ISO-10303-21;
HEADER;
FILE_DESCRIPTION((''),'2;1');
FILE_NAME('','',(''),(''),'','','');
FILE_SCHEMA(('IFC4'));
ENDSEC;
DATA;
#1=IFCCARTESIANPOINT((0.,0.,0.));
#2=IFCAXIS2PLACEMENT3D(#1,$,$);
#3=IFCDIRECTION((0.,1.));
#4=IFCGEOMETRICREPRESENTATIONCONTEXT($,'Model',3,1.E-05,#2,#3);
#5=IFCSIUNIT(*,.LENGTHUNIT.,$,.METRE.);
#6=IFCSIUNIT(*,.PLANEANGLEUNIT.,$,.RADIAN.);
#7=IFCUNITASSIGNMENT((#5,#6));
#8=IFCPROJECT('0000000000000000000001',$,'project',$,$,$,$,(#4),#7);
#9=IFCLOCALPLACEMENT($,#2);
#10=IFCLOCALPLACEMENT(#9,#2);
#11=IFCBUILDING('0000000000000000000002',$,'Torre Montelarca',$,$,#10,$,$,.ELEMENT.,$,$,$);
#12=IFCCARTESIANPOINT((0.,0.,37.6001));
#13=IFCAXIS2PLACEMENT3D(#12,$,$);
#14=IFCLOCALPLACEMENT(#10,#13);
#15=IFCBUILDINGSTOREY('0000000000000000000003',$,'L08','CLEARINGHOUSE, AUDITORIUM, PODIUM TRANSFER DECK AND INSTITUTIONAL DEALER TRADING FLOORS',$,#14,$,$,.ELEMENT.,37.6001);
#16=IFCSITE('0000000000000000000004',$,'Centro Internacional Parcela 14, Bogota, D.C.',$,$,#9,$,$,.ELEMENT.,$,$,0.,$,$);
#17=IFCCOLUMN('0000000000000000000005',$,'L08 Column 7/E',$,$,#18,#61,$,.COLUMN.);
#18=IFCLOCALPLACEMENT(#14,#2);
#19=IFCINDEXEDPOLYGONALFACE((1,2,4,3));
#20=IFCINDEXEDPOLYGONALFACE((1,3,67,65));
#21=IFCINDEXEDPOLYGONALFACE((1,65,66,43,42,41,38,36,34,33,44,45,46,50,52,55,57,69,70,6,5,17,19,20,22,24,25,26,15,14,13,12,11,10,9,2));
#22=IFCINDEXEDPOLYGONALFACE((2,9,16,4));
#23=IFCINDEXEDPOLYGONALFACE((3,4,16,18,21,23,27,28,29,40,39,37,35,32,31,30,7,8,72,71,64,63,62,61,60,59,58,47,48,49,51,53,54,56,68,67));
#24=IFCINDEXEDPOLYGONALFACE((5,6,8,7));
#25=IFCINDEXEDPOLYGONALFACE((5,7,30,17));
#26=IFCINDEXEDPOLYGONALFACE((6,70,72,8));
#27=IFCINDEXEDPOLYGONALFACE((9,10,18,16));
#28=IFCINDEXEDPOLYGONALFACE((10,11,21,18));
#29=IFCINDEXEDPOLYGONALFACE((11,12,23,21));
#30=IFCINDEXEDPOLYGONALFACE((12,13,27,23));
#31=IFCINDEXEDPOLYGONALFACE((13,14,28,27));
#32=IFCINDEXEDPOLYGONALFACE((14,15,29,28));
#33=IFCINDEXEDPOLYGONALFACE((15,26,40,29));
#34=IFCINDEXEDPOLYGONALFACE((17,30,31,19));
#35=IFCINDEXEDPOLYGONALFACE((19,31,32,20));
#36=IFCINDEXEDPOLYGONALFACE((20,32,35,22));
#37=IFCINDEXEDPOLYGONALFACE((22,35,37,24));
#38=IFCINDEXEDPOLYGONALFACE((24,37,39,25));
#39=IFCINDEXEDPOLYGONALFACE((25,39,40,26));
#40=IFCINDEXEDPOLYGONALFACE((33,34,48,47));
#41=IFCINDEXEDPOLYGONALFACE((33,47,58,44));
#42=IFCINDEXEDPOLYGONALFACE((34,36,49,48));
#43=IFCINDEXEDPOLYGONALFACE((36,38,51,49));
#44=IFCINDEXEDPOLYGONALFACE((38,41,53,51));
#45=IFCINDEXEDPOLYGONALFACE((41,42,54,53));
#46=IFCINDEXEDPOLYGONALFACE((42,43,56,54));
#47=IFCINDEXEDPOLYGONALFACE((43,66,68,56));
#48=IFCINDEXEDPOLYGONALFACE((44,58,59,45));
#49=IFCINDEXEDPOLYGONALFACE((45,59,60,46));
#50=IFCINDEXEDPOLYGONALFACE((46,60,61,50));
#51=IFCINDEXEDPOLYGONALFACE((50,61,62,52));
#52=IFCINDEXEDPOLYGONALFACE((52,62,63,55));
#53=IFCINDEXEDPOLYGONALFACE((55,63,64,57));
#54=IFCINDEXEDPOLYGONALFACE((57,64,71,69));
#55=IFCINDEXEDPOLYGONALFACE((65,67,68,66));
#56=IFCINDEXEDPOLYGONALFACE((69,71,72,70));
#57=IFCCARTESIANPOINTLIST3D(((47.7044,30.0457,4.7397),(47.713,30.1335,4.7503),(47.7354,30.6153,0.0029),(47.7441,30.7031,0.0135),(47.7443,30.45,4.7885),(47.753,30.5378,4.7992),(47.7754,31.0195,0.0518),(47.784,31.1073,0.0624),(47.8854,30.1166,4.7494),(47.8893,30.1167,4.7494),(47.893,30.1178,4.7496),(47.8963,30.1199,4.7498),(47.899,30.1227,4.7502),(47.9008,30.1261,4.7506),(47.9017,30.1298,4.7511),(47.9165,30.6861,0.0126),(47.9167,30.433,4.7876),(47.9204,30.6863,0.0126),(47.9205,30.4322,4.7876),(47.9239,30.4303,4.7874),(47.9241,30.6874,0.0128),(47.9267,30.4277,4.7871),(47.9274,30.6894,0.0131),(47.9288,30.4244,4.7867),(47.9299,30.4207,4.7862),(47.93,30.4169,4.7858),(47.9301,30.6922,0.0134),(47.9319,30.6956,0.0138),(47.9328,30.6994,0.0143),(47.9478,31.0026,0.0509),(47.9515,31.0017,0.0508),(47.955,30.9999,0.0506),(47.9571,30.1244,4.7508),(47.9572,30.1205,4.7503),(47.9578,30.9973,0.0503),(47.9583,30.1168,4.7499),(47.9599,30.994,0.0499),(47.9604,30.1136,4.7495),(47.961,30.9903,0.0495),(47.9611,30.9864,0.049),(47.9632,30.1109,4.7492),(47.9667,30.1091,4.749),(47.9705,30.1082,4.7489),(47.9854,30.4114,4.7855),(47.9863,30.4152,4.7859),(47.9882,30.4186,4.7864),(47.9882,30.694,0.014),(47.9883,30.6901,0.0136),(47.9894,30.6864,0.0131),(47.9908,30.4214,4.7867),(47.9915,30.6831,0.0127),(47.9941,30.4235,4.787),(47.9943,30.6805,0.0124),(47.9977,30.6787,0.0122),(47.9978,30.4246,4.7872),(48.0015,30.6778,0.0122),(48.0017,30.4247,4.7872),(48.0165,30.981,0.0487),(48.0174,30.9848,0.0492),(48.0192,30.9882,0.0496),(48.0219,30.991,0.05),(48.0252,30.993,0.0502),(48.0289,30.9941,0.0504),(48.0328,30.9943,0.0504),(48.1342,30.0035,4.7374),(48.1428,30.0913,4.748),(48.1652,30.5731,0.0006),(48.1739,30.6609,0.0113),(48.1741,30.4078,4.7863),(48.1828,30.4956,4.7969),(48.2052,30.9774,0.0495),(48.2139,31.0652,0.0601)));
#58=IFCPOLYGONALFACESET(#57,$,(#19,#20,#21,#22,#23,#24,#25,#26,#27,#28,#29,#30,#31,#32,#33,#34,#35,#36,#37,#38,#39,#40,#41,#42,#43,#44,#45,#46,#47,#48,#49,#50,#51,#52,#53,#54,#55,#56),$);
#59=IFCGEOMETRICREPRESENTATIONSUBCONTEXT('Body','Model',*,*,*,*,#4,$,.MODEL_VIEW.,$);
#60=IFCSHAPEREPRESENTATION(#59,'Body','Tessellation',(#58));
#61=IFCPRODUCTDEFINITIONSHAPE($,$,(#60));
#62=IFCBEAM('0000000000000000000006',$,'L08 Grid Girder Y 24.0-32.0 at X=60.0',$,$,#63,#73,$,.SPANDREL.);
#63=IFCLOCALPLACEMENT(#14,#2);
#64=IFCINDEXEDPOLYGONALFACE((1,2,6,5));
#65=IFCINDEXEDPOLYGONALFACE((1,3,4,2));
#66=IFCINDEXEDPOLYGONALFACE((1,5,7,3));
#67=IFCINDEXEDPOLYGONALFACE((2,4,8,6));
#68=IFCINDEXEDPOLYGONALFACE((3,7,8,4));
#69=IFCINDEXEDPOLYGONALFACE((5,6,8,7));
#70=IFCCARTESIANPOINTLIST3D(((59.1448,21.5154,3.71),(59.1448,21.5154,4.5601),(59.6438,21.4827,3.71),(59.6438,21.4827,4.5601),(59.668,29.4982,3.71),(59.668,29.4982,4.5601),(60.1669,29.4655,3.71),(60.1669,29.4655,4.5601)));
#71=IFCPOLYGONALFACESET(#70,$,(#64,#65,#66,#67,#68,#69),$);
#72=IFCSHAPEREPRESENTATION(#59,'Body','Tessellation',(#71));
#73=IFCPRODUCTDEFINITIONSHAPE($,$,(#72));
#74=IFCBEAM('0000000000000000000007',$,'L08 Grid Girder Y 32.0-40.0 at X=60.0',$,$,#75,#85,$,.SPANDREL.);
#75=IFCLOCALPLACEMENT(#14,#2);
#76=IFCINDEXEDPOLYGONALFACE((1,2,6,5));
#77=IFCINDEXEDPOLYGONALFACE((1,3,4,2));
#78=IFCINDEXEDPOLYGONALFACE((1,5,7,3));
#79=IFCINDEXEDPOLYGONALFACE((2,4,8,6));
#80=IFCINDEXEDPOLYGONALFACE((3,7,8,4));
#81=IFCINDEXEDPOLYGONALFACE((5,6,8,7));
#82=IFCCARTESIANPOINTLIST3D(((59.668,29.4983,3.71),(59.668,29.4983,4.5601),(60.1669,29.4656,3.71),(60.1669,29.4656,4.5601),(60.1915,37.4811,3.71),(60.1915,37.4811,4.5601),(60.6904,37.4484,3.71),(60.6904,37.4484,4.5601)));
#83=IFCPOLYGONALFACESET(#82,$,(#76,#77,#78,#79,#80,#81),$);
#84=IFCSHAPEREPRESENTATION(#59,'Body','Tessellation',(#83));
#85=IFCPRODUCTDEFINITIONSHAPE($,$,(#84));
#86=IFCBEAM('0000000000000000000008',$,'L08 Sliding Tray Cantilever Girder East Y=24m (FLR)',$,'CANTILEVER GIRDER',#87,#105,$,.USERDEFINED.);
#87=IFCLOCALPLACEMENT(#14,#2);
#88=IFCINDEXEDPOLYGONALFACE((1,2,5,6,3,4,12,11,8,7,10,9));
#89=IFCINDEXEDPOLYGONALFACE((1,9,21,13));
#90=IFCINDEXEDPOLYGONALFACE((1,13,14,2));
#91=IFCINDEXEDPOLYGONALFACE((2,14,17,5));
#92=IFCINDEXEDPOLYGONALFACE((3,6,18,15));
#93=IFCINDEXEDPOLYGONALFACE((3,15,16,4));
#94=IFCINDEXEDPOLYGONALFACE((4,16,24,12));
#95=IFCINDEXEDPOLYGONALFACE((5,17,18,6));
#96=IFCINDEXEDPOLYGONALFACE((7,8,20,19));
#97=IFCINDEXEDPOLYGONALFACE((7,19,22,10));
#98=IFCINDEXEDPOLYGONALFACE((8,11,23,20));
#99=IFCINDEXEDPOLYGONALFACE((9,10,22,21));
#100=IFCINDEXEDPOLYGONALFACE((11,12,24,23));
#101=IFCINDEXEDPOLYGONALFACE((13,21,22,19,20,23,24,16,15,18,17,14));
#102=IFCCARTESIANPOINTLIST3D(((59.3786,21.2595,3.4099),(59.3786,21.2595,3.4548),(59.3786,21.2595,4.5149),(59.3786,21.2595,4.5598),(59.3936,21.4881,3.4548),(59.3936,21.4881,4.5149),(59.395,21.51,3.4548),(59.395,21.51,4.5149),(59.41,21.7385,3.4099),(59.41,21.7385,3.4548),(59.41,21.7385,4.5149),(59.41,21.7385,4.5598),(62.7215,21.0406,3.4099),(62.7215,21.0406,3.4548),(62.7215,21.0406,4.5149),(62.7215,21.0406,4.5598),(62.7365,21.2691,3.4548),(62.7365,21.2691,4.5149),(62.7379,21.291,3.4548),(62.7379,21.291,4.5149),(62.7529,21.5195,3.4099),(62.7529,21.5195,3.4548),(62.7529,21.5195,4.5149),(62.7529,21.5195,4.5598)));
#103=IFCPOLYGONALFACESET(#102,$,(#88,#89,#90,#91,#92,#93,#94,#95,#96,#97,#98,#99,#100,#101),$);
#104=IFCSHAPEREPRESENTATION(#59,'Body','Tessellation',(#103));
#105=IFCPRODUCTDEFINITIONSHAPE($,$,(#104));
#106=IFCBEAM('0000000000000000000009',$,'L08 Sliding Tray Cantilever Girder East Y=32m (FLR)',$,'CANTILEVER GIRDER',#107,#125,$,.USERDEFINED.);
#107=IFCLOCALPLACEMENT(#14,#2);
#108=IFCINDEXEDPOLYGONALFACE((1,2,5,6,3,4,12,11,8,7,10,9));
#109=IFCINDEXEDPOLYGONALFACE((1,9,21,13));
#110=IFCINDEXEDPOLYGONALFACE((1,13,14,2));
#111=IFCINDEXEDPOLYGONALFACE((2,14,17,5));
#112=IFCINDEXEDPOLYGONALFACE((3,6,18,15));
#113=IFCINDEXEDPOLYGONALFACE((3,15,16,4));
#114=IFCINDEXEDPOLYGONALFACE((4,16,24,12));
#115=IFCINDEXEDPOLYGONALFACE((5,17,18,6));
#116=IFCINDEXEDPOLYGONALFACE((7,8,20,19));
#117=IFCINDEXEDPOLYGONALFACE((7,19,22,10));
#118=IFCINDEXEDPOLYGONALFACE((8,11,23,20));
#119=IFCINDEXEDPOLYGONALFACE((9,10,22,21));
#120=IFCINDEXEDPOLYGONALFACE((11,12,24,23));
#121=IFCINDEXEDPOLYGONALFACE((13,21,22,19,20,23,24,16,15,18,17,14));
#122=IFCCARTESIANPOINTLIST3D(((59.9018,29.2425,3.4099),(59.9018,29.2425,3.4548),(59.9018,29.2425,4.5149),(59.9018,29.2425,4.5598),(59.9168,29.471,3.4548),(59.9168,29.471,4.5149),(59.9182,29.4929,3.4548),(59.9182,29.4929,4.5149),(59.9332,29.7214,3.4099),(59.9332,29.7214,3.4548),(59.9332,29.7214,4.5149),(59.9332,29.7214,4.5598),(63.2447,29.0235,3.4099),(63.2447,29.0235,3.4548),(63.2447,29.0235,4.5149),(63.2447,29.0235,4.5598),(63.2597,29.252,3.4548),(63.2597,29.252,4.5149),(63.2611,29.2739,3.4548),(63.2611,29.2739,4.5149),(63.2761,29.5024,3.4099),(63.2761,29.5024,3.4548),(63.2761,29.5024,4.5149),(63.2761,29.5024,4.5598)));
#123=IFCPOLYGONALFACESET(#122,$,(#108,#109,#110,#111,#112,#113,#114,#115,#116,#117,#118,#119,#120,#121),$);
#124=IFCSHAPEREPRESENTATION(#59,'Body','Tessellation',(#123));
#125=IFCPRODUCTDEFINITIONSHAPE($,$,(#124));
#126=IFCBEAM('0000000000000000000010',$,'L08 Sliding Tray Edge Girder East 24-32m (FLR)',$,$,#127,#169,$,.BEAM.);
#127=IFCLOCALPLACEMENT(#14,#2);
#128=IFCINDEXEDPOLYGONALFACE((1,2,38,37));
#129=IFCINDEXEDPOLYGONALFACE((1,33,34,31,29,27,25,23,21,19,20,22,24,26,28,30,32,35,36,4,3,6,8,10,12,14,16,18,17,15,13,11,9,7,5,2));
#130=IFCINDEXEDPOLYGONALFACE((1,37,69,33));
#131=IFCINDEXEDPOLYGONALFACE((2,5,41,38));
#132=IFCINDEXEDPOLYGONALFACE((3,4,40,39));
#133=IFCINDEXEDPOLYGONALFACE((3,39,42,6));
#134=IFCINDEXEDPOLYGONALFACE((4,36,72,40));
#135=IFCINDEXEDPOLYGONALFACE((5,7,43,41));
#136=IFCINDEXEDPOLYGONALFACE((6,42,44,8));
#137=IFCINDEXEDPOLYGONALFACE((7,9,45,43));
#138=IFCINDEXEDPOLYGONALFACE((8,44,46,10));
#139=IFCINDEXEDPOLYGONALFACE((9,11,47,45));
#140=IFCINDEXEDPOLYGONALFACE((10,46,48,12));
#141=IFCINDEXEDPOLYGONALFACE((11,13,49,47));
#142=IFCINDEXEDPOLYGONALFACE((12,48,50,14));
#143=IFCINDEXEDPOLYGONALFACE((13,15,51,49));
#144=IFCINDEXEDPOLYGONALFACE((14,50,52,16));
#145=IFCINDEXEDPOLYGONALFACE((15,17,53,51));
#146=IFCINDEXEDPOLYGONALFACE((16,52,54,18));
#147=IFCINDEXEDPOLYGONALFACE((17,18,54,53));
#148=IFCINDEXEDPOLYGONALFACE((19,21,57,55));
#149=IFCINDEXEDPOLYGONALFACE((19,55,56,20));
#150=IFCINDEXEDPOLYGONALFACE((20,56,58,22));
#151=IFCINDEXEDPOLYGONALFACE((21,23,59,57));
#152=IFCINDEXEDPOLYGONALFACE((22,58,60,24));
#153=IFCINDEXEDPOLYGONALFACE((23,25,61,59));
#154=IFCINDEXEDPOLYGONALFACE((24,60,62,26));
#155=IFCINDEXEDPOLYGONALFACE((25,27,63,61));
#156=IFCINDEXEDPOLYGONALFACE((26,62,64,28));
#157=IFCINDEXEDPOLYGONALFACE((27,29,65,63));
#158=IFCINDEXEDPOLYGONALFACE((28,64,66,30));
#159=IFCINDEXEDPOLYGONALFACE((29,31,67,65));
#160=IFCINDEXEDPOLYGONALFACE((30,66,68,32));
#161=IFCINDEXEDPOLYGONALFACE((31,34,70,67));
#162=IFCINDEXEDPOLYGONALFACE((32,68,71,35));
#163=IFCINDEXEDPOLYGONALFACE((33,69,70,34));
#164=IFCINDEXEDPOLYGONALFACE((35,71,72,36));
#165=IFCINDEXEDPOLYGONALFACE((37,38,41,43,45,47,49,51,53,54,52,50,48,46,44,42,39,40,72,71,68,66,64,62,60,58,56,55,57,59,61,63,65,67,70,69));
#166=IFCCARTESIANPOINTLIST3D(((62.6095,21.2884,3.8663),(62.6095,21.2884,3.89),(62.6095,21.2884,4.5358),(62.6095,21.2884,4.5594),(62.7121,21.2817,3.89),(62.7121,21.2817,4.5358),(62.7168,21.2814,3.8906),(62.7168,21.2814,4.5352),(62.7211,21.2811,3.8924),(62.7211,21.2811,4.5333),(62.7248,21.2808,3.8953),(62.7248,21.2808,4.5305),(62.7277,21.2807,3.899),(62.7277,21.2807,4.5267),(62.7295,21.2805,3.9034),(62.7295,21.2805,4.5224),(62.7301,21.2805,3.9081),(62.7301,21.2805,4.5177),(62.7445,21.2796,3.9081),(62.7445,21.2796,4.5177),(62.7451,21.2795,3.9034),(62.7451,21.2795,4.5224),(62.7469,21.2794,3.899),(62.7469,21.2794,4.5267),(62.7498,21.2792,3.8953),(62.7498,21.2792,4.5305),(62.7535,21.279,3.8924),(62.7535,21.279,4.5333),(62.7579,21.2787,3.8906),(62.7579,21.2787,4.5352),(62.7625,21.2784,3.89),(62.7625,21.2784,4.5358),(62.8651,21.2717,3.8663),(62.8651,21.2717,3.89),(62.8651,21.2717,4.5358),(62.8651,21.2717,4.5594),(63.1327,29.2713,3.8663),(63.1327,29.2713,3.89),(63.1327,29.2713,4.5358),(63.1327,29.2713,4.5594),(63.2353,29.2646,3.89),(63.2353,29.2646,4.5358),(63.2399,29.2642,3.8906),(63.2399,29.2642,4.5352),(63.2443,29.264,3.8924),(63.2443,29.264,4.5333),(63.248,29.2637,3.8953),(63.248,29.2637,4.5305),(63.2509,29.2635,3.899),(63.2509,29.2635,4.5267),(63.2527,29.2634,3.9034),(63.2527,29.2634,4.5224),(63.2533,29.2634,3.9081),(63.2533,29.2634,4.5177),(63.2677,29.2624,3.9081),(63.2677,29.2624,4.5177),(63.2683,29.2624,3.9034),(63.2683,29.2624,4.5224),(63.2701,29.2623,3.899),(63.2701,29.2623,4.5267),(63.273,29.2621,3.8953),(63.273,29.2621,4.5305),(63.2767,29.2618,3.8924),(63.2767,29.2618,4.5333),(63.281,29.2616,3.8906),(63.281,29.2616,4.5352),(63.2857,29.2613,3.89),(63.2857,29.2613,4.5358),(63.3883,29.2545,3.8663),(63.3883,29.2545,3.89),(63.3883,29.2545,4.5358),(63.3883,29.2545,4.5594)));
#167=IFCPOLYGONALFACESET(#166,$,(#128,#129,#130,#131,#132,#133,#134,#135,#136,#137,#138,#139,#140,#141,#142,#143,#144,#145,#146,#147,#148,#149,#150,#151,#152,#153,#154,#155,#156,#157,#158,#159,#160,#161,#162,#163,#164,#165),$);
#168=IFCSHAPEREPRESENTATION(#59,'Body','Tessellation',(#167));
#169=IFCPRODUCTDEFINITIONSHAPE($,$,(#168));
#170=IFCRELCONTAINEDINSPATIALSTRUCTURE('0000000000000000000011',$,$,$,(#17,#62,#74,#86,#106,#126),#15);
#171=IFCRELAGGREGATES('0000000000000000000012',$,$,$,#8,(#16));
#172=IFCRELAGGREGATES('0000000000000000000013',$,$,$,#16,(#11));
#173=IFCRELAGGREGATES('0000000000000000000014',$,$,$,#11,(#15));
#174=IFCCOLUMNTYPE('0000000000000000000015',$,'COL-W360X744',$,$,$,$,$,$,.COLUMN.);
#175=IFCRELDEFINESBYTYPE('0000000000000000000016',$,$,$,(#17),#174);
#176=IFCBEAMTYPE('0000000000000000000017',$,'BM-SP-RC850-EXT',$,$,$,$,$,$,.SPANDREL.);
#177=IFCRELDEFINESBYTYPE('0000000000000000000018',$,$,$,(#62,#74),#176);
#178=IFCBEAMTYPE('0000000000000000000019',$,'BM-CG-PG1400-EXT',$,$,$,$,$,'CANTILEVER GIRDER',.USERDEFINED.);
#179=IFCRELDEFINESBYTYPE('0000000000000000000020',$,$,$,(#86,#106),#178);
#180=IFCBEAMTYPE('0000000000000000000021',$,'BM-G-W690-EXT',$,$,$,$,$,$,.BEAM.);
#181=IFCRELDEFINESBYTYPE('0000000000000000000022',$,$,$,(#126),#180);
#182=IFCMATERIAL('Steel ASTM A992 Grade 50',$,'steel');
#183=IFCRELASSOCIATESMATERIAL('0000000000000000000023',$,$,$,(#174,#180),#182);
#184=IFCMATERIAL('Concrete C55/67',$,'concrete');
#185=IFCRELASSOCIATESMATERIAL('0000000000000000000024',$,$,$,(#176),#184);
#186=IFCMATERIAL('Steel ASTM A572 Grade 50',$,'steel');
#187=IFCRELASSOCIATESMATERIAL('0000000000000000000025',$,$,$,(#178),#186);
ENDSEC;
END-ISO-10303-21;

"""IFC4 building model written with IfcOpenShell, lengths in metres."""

from ifc_helpers import new_model, si_unit, direction, frame, origin, origin_2d, place, context, subcontext, project, spatial, rectangle, i_section, extrude, clip, halfspace, source, transform, mapped, material, material_profile, profile_set, type_object, element, save


model = new_model("IFC4")

# Units and contexts
model_context = context("Model", 3, precision=1e-05, world=origin(), true_north=direction((0.0, 1.0)))
body_context = subcontext(model_context, "Body", "Model", "MODEL_VIEW")
ifc_project = project(units=[si_unit("LENGTHUNIT", "METRE"), si_unit("PLANEANGLEUNIT", "RADIAN")], contexts=[model_context])

# Site, building, storey
site_placement = place(None, origin())
site = spatial("IfcSite", under=ifc_project, at=site_placement, Name="Centro Internacional Parcela 14, Bogota, D.C.", CompositionType="ELEMENT", RefElevation=0.0)
building_placement = place(site_placement, origin())
building = spatial("IfcBuilding", under=site, at=building_placement, Name="Torre Montelarca", CompositionType="ELEMENT")
storey_placement = place(building_placement, frame((0.0, 0.0, 37.6001)))
storey = spatial("IfcBuildingStorey", under=building, at=storey_placement, Name="L08", Description="CLEARINGHOUSE, AUDITORIUM, PODIUM TRANSFER DECK AND INSTITUTIONAL DEALER TRADING FLOORS", CompositionType="ELEMENT", Elevation=37.6001)

# Column
ifc_material_1 = material(Name="Steel ASTM A992 Grade 50", Category="steel")
ifc_material_profile_1 = material_profile(ifc_material_1, i_section(OverallWidth=0.4319, OverallDepth=0.498, WebThickness=0.0557, FlangeThickness=0.0889, FilletRadius=0.0149, at=origin_2d()), Name="W360X744", Category="steel")
ifc_profile_set_1 = profile_set([ifc_material_profile_1], Name="Steel ASTM A992 Grade 50")
column_type_1 = type_object("IfcColumnType", Name="COL-W360X744", PredefinedType="COLUMN", material=ifc_profile_set_1)
column_1_placement = place(storey_placement, frame((47.9749, 30.844, 0.0), z_axis=(-0.006514, -0.119382, 0.992827), x_axis=(-0.995204, 0.097678, 0.005215)))
element("IfcColumn", 1, at=column_1_placement, inside=storey, type_object=column_type_1, Name="L08 Column 7/E", PredefinedType="COLUMN", context=body_context, shape_type="Clipping", body=[
    clip(clip(extrude(i_section(OverallWidth=0.4319, OverallDepth=0.498, WebThickness=0.0557, FlangeThickness=0.0889, FilletRadius=0.0149, at=origin_2d()), origin(), (0.0, 0.0, 1.0), 4.8345), halfspace(frame((0.0, 0.0, 0.0317), z_axis=(0.0, 0.0, -1.0), x_axis=(1.0, 0.0, 0.0)), False)), halfspace(frame((0.0, 0.0, 4.8027), z_axis=(0.0, 0.0, 1.0), x_axis=(1.0, 0.0, 0.0)), False)),
])

# Beams
ifc_material_2 = material(Name="Concrete C55/67", Category="concrete")
ifc_material_profile_2 = material_profile(ifc_material_2, rectangle(XDim=0.5, YDim=0.8501, at=origin_2d()), Name="RCB500X850", Category="concrete")
ifc_profile_set_2 = profile_set([ifc_material_profile_2], Name="Concrete C55/67")
beam_type_1 = type_object("IfcBeamType", Name="BM-SP-RC850-EXT", PredefinedType="SPANDREL", material=ifc_profile_set_2)
shared_shape_1 = source(origin(), body_context, "Body", "SweptSolid", [
    extrude(rectangle(XDim=0.5, YDim=0.8501, at=origin_2d()), origin(), (0.0, 0.0, 1.0), 8.0),
])
for number, where, z_axis, x_axis, name in (
    (2, (59.3943, 21.499, 4.135), (0.065399, 0.997859, 0.0), (-0.997859, 0.065399, 0.0), "L08 Grid Girder Y 24.0-32.0 at X=60.0"),
    (3, (59.9175, 29.4819, 4.135), (0.065429, 0.997857, 0.0), (-0.997857, 0.065429, 0.0), "L08 Grid Girder Y 32.0-40.0 at X=60.0"),
):
    element("IfcBeam", number, at=place(storey_placement, frame(where, z_axis=z_axis, x_axis=x_axis)), inside=storey, type_object=beam_type_1, Name=name, PredefinedType="SPANDREL", context=body_context, shape_type="MappedRepresentation", body=[
        mapped(shared_shape_1, transform((0.0, 0.0, 0.0), scale=1.0)),
    ])
ifc_material_3 = material(Name="Steel ASTM A572 Grade 50", Category="steel")
ifc_material_profile_3 = material_profile(ifc_material_3, i_section(OverallWidth=0.48, OverallDepth=1.1499, WebThickness=0.022, FlangeThickness=0.0449, at=origin_2d()), Name="PG1150X480X22X45", Category="steel")
ifc_profile_set_3 = profile_set([ifc_material_profile_3], Name="Steel ASTM A572 Grade 50")
beam_type_2 = type_object("IfcBeamType", Name="BM-CG-PG1400-EXT", ElementType="CANTILEVER GIRDER", PredefinedType="USERDEFINED", material=ifc_profile_set_3)
shared_shape_2 = source(origin(), body_context, "Body", "SweptSolid", [
    extrude(i_section(OverallWidth=0.48, OverallDepth=1.1499, WebThickness=0.022, FlangeThickness=0.0449, at=origin_2d()), origin(), (0.0, 0.0, 1.0), 3.3501),
])
for number, where, z_axis, x_axis, name in (
    (4, (59.3943, 21.499, 3.9849), (0.997861, -0.065368, 0.0), (0.065368, 0.997861, 0.0), "L08 Sliding Tray Cantilever Girder East Y=24m (FLR)"),
    (5, (59.9175, 29.4819, 3.9849), (0.997861, -0.065368, 0.0), (0.065368, 0.997861, 0.0), "L08 Sliding Tray Cantilever Girder East Y=32m (FLR)"),
):
    element("IfcBeam", number, at=place(storey_placement, frame(where, z_axis=z_axis, x_axis=x_axis)), inside=storey, type_object=beam_type_2, Name=name, ObjectType="CANTILEVER GIRDER", PredefinedType="USERDEFINED", context=body_context, shape_type="MappedRepresentation", body=[
        mapped(shared_shape_2, transform((0.0, 0.0, 0.0), scale=1.0)),
    ])
ifc_material_profile_4 = material_profile(ifc_material_1, i_section(OverallWidth=0.2561, OverallDepth=0.6931, WebThickness=0.0144, FlangeThickness=0.0237, FilletRadius=0.0181, at=origin_2d()), Name="W690X170", Category="steel")
ifc_profile_set_4 = profile_set([ifc_material_profile_4], Name="Steel ASTM A992 Grade 50")
beam_type_3 = type_object("IfcBeamType", Name="BM-G-W690-EXT", PredefinedType="BEAM", material=ifc_profile_set_4)
shared_shape_3 = source(origin(), body_context, "Body", "SweptSolid", [
    extrude(i_section(OverallWidth=0.2561, OverallDepth=0.6931, WebThickness=0.0144, FlangeThickness=0.0237, FilletRadius=0.0181, at=origin_2d()), origin(), (0.0, 0.0, 1.0), 8.0),
])
for number, where, z_axis, x_axis, name in (
    (6, (62.7373, 21.28, 4.2129), (0.065399, 0.997859, 0.0), (-0.997859, 0.065399, 0.0), "L08 Sliding Tray Edge Girder East 24-32m (FLR)"),
):
    element("IfcBeam", number, at=place(storey_placement, frame(where, z_axis=z_axis, x_axis=x_axis)), inside=storey, type_object=beam_type_3, Name=name, PredefinedType="BEAM", context=body_context, shape_type="MappedRepresentation", body=[
        mapped(shared_shape_3, transform((0.0, 0.0, 0.0), scale=1.0)),
    ])

save(model, "model.ifc")
